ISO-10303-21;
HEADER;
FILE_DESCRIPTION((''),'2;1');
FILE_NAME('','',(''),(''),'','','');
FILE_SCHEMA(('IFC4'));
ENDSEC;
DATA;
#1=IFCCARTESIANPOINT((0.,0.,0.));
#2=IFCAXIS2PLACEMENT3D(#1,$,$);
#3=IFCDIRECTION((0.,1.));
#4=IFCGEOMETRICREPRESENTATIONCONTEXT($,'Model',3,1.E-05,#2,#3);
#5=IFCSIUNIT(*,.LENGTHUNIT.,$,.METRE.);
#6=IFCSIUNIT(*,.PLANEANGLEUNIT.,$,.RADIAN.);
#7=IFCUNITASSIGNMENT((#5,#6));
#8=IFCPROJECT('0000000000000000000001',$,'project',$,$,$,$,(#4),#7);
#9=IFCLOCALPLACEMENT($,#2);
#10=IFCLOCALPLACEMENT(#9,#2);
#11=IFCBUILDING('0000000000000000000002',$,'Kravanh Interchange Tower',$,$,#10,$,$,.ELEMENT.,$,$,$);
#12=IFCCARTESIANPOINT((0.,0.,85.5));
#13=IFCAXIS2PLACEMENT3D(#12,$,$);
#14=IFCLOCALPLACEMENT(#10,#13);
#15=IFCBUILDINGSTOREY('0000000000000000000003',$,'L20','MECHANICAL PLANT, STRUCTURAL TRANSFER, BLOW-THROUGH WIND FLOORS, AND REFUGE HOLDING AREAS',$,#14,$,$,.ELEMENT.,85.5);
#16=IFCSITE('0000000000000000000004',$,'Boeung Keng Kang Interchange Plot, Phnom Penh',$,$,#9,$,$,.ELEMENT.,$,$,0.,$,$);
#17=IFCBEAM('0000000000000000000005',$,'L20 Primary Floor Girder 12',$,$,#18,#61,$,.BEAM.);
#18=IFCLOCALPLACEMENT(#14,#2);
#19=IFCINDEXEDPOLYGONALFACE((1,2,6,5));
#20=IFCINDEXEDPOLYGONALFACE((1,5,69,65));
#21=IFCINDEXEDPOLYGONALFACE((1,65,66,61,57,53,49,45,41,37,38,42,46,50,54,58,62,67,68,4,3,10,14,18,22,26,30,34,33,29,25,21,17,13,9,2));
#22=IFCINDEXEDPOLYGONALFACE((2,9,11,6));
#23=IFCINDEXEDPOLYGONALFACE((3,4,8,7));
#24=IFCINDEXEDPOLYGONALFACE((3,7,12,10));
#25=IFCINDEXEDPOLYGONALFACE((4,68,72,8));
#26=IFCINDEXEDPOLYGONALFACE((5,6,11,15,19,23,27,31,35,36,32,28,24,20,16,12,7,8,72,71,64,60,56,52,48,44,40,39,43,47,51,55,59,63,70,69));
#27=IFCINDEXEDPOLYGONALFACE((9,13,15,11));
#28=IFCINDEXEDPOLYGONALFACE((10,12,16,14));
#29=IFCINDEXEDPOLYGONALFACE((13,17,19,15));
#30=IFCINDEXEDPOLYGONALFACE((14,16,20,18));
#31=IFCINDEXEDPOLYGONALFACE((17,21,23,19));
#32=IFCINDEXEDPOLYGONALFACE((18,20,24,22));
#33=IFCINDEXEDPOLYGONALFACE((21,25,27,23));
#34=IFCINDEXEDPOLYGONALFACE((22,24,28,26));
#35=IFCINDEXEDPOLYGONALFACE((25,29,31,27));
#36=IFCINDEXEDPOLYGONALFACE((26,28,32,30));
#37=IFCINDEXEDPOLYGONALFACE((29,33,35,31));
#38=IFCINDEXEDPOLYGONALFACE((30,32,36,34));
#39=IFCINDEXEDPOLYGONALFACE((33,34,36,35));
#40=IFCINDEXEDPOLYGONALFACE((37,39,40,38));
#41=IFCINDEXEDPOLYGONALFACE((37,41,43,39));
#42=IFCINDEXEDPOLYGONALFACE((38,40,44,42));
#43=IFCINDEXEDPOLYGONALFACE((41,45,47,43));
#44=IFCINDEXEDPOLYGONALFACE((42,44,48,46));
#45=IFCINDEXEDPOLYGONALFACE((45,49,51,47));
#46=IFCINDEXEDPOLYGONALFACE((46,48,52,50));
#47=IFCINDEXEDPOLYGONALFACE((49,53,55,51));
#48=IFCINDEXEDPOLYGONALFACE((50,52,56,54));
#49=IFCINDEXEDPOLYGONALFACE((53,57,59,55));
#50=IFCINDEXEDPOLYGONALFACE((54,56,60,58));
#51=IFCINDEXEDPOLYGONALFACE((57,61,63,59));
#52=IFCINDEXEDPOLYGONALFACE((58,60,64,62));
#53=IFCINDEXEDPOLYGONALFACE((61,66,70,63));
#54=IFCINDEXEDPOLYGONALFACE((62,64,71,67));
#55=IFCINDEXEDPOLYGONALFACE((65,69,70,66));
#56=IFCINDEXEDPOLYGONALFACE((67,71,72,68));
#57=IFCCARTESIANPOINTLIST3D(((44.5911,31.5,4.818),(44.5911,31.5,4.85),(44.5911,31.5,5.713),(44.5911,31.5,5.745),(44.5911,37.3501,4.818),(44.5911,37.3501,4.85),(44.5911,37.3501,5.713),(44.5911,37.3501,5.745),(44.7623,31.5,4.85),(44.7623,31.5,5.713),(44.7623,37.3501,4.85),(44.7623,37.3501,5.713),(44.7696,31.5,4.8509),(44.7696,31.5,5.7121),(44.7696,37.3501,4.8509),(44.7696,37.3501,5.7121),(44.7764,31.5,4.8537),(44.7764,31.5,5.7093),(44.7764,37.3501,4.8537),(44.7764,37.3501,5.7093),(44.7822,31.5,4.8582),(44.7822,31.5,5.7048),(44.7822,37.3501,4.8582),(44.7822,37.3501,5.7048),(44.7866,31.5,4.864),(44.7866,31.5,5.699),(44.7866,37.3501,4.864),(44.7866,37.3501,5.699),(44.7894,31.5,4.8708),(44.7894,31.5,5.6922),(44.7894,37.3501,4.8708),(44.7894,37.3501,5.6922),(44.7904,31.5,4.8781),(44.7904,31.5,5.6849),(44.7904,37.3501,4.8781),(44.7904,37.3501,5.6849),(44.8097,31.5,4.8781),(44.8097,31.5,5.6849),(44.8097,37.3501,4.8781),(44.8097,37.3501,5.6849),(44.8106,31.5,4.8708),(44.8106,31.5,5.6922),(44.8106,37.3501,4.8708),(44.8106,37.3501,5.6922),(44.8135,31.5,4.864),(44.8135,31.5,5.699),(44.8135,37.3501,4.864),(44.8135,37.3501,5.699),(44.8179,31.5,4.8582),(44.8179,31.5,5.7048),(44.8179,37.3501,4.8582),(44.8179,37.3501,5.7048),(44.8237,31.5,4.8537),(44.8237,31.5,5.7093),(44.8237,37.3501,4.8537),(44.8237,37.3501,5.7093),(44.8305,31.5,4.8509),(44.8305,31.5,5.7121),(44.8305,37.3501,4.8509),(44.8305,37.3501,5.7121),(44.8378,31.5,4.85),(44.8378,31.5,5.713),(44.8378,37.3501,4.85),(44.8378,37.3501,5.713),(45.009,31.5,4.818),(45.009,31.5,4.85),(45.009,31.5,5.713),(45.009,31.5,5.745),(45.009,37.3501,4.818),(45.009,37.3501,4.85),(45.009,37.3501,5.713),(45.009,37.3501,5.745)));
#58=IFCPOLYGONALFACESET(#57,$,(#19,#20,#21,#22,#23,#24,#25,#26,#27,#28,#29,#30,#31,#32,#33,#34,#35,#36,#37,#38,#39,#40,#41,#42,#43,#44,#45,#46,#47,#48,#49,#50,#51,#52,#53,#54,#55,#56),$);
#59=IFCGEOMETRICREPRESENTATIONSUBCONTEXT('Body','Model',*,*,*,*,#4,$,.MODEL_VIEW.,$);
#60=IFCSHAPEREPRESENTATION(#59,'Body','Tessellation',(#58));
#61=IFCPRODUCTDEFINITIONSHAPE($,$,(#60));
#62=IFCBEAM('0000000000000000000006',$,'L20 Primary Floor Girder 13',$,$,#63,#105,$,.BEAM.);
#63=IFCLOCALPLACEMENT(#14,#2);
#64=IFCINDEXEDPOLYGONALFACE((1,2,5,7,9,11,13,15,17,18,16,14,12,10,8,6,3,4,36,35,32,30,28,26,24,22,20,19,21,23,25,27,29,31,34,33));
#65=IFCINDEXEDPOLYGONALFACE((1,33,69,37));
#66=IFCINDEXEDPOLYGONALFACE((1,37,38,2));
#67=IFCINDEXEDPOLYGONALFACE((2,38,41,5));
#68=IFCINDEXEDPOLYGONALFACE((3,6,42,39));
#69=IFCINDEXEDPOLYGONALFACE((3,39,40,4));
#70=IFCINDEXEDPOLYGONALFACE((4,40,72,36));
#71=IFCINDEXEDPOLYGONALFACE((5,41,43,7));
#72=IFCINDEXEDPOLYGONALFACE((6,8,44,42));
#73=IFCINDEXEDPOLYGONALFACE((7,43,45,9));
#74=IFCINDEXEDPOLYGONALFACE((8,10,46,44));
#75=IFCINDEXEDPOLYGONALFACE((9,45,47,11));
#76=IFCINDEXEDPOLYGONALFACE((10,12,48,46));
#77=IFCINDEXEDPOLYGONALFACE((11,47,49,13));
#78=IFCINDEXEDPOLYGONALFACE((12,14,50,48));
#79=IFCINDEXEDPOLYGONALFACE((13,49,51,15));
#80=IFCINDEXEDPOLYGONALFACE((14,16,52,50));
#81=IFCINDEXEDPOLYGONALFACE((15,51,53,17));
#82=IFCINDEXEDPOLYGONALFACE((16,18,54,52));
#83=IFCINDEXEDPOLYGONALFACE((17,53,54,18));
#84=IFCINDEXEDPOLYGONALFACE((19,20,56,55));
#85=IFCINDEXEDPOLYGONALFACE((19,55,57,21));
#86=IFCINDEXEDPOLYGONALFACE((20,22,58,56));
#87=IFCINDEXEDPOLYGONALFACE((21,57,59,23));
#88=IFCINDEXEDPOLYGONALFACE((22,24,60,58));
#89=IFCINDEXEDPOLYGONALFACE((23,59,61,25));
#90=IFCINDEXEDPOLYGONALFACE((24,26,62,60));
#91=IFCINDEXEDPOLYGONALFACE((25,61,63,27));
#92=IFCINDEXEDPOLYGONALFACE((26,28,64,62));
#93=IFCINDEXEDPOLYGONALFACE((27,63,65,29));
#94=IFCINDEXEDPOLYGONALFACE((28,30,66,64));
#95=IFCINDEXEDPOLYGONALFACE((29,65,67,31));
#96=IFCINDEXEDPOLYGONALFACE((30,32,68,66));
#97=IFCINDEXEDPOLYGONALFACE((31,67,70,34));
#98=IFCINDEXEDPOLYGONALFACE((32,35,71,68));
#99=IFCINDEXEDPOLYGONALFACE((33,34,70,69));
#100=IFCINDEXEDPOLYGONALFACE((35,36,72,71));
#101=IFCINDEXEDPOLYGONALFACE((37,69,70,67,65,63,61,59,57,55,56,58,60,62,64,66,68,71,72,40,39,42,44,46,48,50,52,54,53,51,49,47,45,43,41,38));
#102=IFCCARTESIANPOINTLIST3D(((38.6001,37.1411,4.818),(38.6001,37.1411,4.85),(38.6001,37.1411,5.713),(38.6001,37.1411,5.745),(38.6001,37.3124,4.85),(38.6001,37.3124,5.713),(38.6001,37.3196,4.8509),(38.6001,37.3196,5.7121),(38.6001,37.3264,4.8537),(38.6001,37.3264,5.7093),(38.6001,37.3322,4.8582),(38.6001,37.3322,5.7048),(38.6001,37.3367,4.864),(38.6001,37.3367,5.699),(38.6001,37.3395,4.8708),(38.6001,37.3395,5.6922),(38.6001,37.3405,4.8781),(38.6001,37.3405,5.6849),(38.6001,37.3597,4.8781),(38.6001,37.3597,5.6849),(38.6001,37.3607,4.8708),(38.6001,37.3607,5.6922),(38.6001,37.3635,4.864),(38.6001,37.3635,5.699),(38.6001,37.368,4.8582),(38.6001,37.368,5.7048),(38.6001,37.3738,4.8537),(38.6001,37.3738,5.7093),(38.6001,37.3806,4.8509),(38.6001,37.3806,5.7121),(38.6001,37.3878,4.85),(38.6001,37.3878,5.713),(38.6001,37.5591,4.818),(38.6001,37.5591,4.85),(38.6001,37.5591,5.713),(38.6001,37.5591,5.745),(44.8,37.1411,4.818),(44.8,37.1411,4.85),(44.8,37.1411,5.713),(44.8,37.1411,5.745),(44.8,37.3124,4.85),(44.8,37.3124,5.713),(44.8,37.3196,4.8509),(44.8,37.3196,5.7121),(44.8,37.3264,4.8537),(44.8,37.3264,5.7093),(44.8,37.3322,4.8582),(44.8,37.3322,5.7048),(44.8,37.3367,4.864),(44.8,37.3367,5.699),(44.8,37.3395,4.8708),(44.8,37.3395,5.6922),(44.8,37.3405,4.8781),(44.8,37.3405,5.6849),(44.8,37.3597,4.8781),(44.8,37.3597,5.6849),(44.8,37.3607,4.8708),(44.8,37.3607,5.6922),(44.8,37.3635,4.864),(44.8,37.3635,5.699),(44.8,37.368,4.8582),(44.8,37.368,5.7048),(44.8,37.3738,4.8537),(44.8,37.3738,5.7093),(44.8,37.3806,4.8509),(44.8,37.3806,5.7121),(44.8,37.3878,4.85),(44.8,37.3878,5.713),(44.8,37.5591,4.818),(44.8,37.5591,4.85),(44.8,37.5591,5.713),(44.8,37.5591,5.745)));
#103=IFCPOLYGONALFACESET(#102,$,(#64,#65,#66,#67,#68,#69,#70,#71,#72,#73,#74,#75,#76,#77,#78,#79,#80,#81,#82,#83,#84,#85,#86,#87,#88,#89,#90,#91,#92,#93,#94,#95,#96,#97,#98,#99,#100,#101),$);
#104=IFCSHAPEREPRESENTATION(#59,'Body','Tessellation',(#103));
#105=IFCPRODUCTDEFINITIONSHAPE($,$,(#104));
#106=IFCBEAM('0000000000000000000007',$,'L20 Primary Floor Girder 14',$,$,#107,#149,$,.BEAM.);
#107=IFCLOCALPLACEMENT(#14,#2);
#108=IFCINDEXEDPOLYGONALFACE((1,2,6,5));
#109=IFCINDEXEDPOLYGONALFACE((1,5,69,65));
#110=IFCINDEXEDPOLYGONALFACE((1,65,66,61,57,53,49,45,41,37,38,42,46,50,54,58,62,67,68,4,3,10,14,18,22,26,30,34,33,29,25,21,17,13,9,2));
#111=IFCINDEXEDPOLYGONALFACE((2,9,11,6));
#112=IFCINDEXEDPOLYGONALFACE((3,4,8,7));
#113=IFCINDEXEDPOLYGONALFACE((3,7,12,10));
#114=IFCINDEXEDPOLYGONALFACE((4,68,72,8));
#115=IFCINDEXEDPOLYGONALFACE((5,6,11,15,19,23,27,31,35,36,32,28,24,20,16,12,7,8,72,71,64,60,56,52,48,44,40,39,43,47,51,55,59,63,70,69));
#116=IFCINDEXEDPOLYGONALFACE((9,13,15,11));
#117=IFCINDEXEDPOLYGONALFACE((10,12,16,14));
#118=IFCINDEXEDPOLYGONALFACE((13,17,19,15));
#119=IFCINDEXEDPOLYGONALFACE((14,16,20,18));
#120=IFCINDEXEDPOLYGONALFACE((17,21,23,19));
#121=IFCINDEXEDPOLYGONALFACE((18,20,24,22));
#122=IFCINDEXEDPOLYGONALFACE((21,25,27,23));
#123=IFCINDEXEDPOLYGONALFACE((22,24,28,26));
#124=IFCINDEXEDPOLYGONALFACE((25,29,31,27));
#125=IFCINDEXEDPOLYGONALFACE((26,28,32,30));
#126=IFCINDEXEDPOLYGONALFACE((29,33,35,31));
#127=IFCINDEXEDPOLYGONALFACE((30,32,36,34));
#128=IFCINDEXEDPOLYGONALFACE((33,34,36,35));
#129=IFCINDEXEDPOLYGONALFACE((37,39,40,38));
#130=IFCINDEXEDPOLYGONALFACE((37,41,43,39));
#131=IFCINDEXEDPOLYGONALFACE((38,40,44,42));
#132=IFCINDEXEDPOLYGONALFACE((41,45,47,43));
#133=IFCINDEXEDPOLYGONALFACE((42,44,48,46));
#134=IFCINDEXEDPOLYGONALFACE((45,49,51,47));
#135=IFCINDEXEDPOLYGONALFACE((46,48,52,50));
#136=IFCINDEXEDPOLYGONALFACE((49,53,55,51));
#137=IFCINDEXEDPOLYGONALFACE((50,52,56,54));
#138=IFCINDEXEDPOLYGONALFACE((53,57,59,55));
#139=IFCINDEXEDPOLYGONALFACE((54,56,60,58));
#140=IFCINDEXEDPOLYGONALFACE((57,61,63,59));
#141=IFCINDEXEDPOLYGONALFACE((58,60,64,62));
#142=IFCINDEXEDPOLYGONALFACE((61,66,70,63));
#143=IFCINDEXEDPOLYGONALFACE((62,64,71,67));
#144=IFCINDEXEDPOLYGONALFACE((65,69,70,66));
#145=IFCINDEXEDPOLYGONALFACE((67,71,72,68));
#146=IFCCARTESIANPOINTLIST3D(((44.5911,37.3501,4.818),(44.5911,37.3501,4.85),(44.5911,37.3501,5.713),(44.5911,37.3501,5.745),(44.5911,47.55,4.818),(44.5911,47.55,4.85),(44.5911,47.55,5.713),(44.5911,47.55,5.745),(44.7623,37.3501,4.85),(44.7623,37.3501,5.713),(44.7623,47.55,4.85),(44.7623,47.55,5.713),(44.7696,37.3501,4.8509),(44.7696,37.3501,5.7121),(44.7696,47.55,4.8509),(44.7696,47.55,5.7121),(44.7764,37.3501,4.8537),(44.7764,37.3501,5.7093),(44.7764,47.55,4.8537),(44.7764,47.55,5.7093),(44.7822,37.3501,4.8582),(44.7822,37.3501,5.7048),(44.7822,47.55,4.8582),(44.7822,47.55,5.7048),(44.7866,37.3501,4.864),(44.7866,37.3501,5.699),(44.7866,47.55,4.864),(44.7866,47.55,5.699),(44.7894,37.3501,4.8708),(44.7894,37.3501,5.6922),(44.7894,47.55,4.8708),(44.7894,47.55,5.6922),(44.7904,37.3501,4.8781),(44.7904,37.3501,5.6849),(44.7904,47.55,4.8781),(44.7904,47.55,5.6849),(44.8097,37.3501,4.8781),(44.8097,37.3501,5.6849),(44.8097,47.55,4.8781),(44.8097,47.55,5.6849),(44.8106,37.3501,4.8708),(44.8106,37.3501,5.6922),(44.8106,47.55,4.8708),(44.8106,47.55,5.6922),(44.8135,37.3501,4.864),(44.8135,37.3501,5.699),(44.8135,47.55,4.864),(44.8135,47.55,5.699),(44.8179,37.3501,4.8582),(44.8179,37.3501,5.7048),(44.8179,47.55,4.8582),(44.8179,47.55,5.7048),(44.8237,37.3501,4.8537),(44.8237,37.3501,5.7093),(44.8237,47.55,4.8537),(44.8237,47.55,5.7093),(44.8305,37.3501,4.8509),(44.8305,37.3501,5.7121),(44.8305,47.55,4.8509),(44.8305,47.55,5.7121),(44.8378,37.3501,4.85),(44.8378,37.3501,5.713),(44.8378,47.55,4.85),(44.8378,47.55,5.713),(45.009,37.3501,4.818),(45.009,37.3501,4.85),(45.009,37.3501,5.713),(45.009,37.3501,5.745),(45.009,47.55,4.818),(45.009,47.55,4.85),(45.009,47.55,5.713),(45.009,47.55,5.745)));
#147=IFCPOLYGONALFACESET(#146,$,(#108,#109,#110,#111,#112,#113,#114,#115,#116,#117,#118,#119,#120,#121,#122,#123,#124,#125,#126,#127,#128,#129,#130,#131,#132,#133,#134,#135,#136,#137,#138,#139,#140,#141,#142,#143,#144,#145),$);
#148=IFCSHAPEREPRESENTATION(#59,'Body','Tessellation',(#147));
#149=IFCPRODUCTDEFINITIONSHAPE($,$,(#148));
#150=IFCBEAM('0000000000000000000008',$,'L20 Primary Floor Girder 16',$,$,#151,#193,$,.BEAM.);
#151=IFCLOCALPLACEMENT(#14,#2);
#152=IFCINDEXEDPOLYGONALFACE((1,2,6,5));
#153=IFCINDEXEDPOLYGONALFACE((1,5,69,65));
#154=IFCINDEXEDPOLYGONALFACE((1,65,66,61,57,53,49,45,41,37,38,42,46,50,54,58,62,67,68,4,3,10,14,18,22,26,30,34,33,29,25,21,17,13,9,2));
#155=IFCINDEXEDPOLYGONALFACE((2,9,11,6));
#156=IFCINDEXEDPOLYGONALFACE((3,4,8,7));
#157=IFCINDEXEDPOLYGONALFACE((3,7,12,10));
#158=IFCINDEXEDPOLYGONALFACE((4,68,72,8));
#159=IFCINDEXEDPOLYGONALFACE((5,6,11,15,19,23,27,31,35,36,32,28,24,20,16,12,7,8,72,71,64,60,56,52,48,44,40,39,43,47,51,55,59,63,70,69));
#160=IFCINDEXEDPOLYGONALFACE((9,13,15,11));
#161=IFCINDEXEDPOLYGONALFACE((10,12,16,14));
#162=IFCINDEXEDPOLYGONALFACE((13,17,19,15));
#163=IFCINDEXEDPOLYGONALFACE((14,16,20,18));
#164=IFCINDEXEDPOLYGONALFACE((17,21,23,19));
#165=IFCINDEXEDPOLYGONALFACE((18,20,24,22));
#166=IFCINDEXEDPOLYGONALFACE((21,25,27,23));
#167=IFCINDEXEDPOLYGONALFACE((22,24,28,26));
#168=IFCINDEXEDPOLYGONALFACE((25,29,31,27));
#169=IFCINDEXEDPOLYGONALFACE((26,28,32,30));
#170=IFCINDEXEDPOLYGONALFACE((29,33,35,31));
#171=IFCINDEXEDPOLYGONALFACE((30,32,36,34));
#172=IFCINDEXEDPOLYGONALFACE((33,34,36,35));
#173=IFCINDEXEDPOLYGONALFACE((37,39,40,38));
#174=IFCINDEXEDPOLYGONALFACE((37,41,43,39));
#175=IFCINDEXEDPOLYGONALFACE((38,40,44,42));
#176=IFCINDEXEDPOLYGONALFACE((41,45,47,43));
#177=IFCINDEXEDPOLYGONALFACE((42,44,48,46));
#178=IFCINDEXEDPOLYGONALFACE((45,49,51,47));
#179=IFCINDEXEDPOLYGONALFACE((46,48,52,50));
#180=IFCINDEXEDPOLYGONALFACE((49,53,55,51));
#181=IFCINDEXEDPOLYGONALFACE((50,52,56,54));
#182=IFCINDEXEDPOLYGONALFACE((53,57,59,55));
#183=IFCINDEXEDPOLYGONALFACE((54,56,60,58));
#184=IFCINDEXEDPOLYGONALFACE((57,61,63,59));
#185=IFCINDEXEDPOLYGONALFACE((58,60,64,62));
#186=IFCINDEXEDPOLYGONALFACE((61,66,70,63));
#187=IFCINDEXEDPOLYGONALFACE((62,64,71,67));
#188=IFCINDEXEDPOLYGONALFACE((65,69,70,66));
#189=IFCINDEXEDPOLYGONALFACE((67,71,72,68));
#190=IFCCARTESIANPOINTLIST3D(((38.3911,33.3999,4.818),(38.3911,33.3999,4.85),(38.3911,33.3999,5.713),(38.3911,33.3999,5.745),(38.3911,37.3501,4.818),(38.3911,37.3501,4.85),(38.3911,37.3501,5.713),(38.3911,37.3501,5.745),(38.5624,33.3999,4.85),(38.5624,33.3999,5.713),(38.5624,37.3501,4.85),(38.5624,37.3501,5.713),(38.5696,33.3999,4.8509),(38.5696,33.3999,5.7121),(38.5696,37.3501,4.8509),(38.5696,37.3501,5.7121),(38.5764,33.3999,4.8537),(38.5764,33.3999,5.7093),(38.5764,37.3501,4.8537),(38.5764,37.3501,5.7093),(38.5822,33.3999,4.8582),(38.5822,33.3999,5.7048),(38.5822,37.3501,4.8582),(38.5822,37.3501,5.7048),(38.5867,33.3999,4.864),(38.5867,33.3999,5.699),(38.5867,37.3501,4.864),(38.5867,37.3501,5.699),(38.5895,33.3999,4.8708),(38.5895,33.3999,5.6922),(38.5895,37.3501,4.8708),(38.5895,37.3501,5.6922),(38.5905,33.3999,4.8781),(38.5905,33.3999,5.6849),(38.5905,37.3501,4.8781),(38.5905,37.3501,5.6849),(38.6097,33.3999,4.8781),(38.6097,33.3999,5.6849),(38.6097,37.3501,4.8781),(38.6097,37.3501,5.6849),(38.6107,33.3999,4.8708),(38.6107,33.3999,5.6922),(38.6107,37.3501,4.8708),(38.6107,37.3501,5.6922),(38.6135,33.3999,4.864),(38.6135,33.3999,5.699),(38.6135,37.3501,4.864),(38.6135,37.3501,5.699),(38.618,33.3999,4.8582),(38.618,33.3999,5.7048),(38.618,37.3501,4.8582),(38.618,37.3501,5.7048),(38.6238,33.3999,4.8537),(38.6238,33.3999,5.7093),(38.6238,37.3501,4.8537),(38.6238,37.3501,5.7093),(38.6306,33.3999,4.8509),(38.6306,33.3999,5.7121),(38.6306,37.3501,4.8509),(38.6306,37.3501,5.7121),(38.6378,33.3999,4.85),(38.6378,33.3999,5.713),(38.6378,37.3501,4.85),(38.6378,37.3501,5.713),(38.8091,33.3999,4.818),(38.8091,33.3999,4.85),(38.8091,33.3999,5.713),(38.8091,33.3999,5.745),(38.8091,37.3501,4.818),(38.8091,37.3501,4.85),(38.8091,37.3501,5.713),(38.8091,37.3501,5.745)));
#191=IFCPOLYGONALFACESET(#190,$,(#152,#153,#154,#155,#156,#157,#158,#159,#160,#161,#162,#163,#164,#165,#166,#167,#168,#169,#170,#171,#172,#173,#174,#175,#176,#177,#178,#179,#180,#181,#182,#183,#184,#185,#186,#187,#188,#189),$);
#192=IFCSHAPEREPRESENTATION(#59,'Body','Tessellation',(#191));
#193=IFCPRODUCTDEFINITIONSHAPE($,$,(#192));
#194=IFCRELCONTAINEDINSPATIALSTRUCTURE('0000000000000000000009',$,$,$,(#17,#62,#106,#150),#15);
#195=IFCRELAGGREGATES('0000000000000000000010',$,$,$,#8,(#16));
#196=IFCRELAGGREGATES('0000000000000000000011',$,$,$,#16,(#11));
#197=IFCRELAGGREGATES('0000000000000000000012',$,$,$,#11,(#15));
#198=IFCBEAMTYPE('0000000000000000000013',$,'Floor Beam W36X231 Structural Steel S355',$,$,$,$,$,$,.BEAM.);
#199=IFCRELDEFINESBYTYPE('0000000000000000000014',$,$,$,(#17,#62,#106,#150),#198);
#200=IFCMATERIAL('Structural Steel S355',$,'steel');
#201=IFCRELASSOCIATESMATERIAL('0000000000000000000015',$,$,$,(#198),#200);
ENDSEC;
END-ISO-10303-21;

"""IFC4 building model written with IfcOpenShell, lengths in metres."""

from ifc_helpers import new_model, si_unit, direction, frame, origin, origin_2d, place, context, subcontext, project, spatial, i_section, extrude, material, material_profile, profile_set, type_object, element, save


model = new_model("IFC4")

# Units and contexts
model_context = context("Model", 3, precision=1e-05, world=origin(), true_north=direction((0.0, 1.0)))
body_context = subcontext(model_context, "Body", "Model", "MODEL_VIEW")
ifc_project = project(units=[si_unit("LENGTHUNIT", "METRE"), si_unit("PLANEANGLEUNIT", "RADIAN")], contexts=[model_context])

# Site, building, storey
site_placement = place(None, origin())
site = spatial("IfcSite", under=ifc_project, at=site_placement, Name="Boeung Keng Kang Interchange Plot, Phnom Penh", CompositionType="ELEMENT", RefElevation=0.0)
building_placement = place(site_placement, origin())
building = spatial("IfcBuilding", under=site, at=building_placement, Name="Kravanh Interchange Tower", CompositionType="ELEMENT")
storey_placement = place(building_placement, frame((0.0, 0.0, 85.5)))
storey = spatial("IfcBuildingStorey", under=building, at=storey_placement, Name="L20", Description="MECHANICAL PLANT, STRUCTURAL TRANSFER, BLOW-THROUGH WIND FLOORS, AND REFUGE HOLDING AREAS", CompositionType="ELEMENT", Elevation=85.5)

# Beams
ifc_material_1 = material(Name="Structural Steel S355", Category="steel")
ifc_material_profile_1 = material_profile(ifc_material_1, i_section(OverallWidth=0.418, OverallDepth=0.927, WebThickness=0.0193, FlangeThickness=0.032, FilletRadius=0.0281, at=origin_2d()), Name="W36X231")
ifc_profile_set_1 = profile_set([ifc_material_profile_1], Name="Structural Steel S355")
beam_type_1 = type_object("IfcBeamType", Name="Floor Beam W36X231 Structural Steel S355", PredefinedType="BEAM", material=ifc_profile_set_1)
beam_1_placement = place(storey_placement, frame((44.8, 37.3501, 5.2815), z_axis=(0.0, -1.0, 0.0), x_axis=(1.0, 0.0, 0.0)))
element("IfcBeam", 1, at=beam_1_placement, inside=storey, type_object=beam_type_1, Name="L20 Primary Floor Girder 12", PredefinedType="BEAM", context=body_context, shape_type="SweptSolid", body=[
    extrude(i_section(OverallWidth=0.418, OverallDepth=0.927, WebThickness=0.0193, FlangeThickness=0.032, FilletRadius=0.0281, at=origin_2d()), origin(), (0.0, 0.0, 1.0), 5.8501),
])
beam_2_placement = place(storey_placement, frame((44.8, 37.3501, 5.2815), z_axis=(-1.0, 0.0, 0.0), x_axis=(0.0, -1.0, 0.0)))
element("IfcBeam", 2, at=beam_2_placement, inside=storey, type_object=beam_type_1, Name="L20 Primary Floor Girder 13", PredefinedType="BEAM", context=body_context, shape_type="SweptSolid", body=[
    extrude(i_section(OverallWidth=0.418, OverallDepth=0.927, WebThickness=0.0193, FlangeThickness=0.032, FilletRadius=0.0281, at=origin_2d()), origin(), (0.0, 0.0, 1.0), 6.2),
])
beam_3_placement = place(storey_placement, frame((44.8, 37.3501, 5.2815), z_axis=(0.0, 1.0, 0.0), x_axis=(-1.0, 0.0, 0.0)))
element("IfcBeam", 3, at=beam_3_placement, inside=storey, type_object=beam_type_1, Name="L20 Primary Floor Girder 14", PredefinedType="BEAM", context=body_context, shape_type="SweptSolid", body=[
    extrude(i_section(OverallWidth=0.418, OverallDepth=0.927, WebThickness=0.0193, FlangeThickness=0.032, FilletRadius=0.0281, at=origin_2d()), origin(), (0.0, 0.0, 1.0), 10.2),
])
beam_4_placement = place(storey_placement, frame((38.6001, 37.3501, 5.2815), z_axis=(0.0, -1.0, 0.0), x_axis=(1.0, 0.0, 0.0)))
element("IfcBeam", 4, at=beam_4_placement, inside=storey, type_object=beam_type_1, Name="L20 Primary Floor Girder 16", PredefinedType="BEAM", context=body_context, shape_type="SweptSolid", body=[
    extrude(i_section(OverallWidth=0.418, OverallDepth=0.927, WebThickness=0.0193, FlangeThickness=0.032, FilletRadius=0.0281, at=origin_2d()), origin(), (0.0, 0.0, 1.0), 3.9502),
])

save(model, "model.ifc")
